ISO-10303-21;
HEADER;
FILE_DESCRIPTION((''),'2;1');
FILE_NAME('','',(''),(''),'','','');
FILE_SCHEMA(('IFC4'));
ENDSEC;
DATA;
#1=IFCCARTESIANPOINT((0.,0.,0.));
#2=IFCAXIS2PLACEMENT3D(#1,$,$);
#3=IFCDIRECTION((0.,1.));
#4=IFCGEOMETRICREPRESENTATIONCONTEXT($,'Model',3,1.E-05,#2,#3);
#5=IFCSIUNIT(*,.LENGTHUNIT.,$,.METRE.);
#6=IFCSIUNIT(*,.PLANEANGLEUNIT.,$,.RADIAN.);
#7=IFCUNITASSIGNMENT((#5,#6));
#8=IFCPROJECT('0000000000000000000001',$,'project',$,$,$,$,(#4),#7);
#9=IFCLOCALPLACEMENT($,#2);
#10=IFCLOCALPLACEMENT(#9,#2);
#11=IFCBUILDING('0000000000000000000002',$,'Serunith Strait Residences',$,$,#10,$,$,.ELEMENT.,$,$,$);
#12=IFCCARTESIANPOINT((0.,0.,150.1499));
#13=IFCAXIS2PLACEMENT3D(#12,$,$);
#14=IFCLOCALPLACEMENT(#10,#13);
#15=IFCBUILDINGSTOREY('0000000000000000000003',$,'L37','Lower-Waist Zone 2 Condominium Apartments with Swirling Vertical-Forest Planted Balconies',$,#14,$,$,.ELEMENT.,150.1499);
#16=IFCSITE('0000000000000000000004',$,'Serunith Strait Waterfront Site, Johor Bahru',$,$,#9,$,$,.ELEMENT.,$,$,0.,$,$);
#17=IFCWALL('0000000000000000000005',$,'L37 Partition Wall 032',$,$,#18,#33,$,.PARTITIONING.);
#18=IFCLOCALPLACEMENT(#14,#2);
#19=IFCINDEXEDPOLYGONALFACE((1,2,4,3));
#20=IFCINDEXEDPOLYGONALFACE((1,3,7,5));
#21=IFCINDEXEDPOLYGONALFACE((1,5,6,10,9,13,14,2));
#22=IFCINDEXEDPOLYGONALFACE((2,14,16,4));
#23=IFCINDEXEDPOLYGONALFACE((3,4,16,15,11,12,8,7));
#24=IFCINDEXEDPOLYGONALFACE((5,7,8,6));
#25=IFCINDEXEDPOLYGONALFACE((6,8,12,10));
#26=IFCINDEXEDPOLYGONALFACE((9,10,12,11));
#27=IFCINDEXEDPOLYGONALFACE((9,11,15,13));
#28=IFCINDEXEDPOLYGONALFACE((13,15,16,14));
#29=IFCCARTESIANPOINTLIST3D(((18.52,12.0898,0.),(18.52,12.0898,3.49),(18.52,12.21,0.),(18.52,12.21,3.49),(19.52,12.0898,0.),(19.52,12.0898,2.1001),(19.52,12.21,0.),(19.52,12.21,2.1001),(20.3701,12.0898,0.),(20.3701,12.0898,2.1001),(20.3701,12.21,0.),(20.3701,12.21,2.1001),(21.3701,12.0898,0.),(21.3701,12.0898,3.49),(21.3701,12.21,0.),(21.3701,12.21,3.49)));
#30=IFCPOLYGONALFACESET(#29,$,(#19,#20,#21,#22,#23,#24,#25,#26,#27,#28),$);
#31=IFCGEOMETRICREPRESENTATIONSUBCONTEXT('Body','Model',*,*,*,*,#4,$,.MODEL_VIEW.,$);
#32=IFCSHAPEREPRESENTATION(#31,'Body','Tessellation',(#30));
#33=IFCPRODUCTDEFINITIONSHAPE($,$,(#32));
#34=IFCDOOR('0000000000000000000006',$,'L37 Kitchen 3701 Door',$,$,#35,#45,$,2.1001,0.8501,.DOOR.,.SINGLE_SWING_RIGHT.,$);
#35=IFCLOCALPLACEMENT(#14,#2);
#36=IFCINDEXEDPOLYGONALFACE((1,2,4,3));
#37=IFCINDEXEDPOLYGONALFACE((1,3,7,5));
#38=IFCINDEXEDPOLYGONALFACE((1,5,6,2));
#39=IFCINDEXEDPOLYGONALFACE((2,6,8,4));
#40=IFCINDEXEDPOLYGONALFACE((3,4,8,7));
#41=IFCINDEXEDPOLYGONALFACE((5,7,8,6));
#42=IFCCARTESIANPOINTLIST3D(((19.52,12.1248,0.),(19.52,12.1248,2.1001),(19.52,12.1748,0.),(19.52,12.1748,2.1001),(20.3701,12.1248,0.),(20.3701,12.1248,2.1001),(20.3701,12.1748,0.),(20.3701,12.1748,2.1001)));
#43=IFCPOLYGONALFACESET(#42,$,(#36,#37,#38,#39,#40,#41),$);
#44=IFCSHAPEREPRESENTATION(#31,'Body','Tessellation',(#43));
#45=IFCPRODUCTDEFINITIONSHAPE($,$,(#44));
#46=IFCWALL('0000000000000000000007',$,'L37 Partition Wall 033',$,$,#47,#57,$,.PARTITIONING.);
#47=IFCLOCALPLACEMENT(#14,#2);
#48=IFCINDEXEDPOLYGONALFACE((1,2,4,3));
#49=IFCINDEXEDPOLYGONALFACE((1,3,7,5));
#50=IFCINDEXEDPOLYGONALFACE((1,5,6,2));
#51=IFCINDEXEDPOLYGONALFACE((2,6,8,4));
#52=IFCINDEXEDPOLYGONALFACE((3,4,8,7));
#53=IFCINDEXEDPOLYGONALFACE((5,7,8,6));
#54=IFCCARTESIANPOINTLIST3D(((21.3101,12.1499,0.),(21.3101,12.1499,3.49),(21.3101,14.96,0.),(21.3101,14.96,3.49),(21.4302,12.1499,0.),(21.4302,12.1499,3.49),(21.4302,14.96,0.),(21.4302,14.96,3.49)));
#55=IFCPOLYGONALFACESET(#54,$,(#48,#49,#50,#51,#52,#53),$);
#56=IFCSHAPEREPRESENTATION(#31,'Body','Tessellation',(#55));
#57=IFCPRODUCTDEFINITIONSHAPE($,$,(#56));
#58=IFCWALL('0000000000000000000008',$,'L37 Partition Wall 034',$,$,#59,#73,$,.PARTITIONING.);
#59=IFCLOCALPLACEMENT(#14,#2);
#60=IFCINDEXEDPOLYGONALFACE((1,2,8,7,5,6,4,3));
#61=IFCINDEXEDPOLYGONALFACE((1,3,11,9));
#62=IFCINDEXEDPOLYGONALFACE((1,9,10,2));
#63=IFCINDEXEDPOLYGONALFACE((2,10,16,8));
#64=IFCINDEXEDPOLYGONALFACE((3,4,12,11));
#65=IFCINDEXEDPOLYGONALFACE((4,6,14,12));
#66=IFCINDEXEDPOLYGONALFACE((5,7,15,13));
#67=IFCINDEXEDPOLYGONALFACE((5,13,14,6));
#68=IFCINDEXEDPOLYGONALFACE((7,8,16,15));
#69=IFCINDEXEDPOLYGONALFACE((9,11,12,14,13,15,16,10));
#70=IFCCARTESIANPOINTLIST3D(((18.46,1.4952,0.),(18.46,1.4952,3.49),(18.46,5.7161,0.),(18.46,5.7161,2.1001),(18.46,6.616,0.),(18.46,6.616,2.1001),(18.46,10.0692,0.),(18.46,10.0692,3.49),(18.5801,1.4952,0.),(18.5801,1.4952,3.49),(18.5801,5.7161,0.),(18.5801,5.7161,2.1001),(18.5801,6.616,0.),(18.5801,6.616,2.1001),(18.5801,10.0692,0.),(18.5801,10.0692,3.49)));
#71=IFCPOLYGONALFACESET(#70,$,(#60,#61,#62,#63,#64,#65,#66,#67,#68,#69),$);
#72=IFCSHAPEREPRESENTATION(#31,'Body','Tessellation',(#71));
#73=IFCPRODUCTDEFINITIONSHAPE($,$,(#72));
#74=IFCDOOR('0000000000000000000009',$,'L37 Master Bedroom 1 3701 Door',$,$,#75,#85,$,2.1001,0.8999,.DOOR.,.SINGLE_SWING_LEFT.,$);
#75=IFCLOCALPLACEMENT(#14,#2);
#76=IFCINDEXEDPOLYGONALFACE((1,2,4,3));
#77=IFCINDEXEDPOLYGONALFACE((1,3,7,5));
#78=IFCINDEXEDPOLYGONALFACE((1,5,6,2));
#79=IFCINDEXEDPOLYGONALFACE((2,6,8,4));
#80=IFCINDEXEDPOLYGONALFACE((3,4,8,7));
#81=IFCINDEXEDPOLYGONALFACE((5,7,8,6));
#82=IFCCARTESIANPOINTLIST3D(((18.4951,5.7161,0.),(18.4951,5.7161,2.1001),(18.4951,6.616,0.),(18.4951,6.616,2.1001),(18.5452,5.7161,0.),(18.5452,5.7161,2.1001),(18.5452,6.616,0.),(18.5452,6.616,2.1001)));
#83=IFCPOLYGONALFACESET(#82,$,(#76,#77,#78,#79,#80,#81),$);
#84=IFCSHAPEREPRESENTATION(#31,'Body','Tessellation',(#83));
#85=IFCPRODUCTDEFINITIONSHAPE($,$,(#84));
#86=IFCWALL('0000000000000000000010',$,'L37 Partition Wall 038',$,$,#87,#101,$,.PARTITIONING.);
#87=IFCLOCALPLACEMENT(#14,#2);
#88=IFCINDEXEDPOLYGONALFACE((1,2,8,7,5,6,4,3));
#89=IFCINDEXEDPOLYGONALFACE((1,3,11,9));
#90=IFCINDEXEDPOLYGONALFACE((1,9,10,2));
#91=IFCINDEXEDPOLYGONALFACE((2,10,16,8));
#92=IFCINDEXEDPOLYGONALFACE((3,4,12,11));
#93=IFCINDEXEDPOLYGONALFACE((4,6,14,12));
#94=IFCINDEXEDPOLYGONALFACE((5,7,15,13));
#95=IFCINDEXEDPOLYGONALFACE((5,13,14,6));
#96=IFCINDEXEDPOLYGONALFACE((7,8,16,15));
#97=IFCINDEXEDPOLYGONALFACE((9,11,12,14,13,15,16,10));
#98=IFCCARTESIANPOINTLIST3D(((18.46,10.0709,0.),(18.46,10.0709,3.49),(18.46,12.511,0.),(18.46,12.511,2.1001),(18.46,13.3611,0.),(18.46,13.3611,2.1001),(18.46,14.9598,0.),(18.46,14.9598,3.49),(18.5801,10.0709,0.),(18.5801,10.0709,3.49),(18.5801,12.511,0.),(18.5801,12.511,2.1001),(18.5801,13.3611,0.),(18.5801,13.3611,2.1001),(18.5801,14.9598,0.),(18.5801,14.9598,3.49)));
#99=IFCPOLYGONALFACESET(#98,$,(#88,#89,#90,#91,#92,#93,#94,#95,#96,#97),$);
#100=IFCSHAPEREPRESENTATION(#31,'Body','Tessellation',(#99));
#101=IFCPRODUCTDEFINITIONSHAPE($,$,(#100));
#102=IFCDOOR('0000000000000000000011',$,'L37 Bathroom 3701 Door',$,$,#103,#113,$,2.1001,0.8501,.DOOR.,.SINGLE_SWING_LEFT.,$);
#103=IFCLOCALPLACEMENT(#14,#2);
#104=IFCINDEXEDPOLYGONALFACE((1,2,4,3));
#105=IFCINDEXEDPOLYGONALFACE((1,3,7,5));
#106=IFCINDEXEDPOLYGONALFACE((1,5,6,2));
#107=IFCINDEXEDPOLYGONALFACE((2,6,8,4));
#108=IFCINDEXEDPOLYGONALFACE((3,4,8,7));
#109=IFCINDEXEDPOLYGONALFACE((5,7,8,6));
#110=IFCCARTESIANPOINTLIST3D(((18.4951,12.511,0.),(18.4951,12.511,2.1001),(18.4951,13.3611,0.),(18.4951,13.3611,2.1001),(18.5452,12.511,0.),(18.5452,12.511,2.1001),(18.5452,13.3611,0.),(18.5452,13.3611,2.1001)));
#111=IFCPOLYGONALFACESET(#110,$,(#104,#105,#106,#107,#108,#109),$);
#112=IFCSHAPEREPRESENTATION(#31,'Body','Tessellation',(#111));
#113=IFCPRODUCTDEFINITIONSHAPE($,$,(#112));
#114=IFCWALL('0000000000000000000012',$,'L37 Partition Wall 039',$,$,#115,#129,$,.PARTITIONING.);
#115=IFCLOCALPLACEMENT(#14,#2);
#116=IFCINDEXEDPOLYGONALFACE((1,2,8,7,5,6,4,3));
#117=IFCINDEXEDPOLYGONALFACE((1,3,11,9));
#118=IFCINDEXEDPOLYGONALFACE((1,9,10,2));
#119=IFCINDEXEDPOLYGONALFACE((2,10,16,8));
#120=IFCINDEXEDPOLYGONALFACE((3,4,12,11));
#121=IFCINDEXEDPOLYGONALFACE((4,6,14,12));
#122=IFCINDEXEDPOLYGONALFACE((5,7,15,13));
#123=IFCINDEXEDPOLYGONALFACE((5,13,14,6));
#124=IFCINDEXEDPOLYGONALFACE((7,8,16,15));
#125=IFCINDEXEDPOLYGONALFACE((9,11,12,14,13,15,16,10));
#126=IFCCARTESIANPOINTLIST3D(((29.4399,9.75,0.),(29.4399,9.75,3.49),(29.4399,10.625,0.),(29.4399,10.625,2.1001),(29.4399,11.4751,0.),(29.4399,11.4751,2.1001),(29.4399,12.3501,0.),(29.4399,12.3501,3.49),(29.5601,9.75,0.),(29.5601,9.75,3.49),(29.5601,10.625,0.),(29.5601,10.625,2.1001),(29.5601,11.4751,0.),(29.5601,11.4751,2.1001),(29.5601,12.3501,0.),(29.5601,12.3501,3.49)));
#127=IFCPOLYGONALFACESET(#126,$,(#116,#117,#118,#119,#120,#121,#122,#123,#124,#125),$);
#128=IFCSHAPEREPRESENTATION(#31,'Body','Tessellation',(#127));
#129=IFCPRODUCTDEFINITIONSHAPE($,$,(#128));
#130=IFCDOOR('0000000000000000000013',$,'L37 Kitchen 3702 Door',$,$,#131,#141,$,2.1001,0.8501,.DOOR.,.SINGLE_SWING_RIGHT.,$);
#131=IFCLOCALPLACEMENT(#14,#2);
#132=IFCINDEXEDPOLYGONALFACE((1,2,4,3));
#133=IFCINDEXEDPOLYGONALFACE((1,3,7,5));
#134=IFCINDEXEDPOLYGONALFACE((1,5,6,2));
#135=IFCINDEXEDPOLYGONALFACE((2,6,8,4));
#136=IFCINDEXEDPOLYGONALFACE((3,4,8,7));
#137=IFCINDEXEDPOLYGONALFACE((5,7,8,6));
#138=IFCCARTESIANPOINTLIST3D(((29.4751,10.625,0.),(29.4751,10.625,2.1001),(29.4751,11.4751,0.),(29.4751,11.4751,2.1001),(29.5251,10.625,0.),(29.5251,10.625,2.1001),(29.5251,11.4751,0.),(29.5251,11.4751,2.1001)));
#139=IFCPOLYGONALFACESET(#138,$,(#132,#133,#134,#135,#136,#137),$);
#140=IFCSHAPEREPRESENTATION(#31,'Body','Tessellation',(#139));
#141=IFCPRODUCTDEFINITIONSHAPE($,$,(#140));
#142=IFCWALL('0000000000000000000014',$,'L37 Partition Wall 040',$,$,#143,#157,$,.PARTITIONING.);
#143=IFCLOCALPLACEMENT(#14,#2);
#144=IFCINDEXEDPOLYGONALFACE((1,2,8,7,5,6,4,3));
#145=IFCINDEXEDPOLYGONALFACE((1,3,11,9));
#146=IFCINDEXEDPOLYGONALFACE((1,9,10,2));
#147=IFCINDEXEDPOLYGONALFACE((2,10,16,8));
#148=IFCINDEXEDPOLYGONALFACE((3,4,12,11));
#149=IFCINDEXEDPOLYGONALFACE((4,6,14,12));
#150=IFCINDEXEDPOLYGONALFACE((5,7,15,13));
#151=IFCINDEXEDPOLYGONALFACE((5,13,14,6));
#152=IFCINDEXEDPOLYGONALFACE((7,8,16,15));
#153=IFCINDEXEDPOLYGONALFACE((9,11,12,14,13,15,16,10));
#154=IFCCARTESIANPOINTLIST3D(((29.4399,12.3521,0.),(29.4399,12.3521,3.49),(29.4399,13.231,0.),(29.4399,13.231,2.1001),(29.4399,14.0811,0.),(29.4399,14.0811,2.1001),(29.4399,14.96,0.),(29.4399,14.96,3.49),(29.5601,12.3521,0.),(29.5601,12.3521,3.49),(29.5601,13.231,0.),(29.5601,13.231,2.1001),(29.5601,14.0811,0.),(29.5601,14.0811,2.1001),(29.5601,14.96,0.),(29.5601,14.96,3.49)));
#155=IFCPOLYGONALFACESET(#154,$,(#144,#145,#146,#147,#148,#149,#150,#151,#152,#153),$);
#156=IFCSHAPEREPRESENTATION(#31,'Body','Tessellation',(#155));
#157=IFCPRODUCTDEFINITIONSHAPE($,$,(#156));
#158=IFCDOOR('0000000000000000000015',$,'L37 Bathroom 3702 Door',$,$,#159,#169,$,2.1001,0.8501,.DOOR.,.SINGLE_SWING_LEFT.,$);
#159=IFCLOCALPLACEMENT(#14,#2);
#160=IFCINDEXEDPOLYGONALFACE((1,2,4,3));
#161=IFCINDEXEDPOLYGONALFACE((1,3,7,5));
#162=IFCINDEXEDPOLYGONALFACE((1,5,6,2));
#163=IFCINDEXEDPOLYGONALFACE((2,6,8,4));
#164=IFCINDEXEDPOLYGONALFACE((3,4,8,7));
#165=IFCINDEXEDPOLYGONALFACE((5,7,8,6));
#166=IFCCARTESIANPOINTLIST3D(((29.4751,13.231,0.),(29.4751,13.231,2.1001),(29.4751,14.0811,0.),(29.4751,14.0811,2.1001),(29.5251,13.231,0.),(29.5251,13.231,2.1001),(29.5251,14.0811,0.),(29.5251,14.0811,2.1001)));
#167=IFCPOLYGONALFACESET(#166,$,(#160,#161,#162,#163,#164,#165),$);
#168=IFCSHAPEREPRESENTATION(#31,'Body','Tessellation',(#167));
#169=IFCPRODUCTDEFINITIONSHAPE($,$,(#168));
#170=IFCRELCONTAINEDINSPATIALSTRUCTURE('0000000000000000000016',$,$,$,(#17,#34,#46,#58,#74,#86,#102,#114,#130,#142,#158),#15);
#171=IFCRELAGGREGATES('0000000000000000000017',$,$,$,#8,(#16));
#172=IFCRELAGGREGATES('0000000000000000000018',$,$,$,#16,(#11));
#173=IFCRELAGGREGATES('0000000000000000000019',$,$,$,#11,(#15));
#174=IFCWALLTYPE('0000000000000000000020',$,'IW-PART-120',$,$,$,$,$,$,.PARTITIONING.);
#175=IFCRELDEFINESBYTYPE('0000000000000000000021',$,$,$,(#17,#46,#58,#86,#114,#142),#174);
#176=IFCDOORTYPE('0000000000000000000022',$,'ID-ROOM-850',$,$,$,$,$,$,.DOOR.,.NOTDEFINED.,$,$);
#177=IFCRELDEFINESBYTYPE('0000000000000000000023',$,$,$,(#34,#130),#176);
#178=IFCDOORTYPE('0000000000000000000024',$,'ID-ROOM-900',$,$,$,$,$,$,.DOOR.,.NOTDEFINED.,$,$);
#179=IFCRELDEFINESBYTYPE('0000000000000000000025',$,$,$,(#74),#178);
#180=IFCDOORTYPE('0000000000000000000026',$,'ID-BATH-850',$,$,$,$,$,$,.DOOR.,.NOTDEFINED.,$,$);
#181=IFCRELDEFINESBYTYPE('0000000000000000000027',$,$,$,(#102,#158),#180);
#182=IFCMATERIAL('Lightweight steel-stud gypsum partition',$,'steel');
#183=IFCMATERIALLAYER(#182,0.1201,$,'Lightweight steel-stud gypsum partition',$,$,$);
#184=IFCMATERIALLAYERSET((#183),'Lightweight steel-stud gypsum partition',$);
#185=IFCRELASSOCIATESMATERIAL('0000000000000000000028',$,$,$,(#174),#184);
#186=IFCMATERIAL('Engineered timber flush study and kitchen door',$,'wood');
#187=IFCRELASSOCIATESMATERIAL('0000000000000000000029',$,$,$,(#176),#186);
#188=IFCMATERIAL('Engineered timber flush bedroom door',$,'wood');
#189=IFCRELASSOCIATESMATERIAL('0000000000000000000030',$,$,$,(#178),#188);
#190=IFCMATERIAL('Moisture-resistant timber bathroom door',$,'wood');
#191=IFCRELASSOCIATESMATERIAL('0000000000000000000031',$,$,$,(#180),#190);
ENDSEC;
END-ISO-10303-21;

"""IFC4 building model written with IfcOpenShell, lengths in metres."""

from ifc_helpers import new_model, si_unit, direction, frame, frame_2d, origin, place, context, subcontext, project, spatial, rectangle, extrude, source, transform, mapped, material, layer, layer_set, type_object, element, fill, save


model = new_model("IFC4")

# Units and contexts
model_context = context("Model", 3, precision=1e-05, world=origin(), true_north=direction((0.0, 1.0)))
body_context = subcontext(model_context, "Body", "Model", "MODEL_VIEW")
ifc_project = project(units=[si_unit("LENGTHUNIT", "METRE"), si_unit("PLANEANGLEUNIT", "RADIAN")], contexts=[model_context])

# Site, building, storey
site_placement = place(None, origin())
site = spatial("IfcSite", under=ifc_project, at=site_placement, Name="Serunith Strait Waterfront Site, Johor Bahru", CompositionType="ELEMENT", RefElevation=0.0)
building_placement = place(site_placement, origin())
building = spatial("IfcBuilding", under=site, at=building_placement, Name="Serunith Strait Residences", CompositionType="ELEMENT")
storey_placement = place(building_placement, frame((0.0, 0.0, 150.1499)))
storey = spatial("IfcBuildingStorey", under=building, at=storey_placement, Name="L37", Description="Lower-Waist Zone 2 Condominium Apartments with Swirling Vertical-Forest Planted Balconies", CompositionType="ELEMENT", Elevation=150.1499)

# Wall, opening, door
ifc_material_1 = material(Name="Lightweight steel-stud gypsum partition", Category="steel")
ifc_layer_1 = layer(ifc_material_1, 0.1201, Name="Lightweight steel-stud gypsum partition")
ifc_layer_set_1 = layer_set([ifc_layer_1], Name="Lightweight steel-stud gypsum partition")
wall_type_1 = type_object("IfcWallType", Name="IW-PART-120", PredefinedType="PARTITIONING", material=ifc_layer_set_1)
wall_1_placement = place(storey_placement, frame((18.52, 12.1499, 0.0), z_axis=(0.0, 0.0, 1.0), x_axis=(1.0, 0.0, 0.0)))
wall_1 = element("IfcWall", 1, at=wall_1_placement, inside=storey, type_object=wall_type_1, Name="L37 Partition Wall 032", PredefinedType="PARTITIONING", context=body_context, shape_type="SweptSolid", body=[
    extrude(rectangle(XDim=2.8501, YDim=0.1201, at=frame_2d((1.425, 0.0))), origin(), (0.0, 0.0, 1.0), 3.49),
])
opening_1_placement = place(wall_1_placement, frame((1.0, 0.0, 0.0)))
opening_1 = element("IfcOpeningElement", 2, at=opening_1_placement, cuts=wall_1, PredefinedType="OPENING", context=body_context, shape_type="SweptSolid", body=[
    extrude(rectangle(XDim=0.8501, YDim=2.1001, at=frame_2d((0.425, 1.05))), frame((0.0, 0.0701, 0.0), z_axis=(0.0, -1.0, 0.0), x_axis=(1.0, 0.0, 0.0)), (0.0, 0.0, 1.0), 0.1401),
])
ifc_material_2 = material(Name="Engineered timber flush study and kitchen door", Category="wood")
door_type_1 = type_object("IfcDoorType", Name="ID-ROOM-850", OperationType="NOTDEFINED", PredefinedType="DOOR", material=ifc_material_2)
shared_shape_1 = source(origin(), body_context, "Body", "SweptSolid", [
    extrude(rectangle(XDim=0.8501, YDim=2.1001, at=frame_2d((0.425, 1.05))), frame((0.0, 0.0249, 0.0), z_axis=(0.0, -1.0, 0.0), x_axis=(1.0, 0.0, 0.0)), (0.0, 0.0, 1.0), 0.05),
])
door_1_placement = place(opening_1_placement, origin())
door_1 = element("IfcDoor", 3, at=door_1_placement, inside=storey, type_object=door_type_1, Name="L37 Kitchen 3701 Door", OperationType="SINGLE_SWING_RIGHT", OverallHeight=2.1001, OverallWidth=0.8501, PredefinedType="DOOR", context=body_context, shape_type="MappedRepresentation", body=[
    mapped(shared_shape_1, transform((0.0, 0.0, 0.0), scale=1.0)),
])
fill(opening_1, door_1)

# Wall
wall_2_placement = place(storey_placement, frame((21.3701, 12.1499, 0.0), z_axis=(0.0, 0.0, 1.0), x_axis=(0.0, 1.0, 0.0)))
element("IfcWall", 4, at=wall_2_placement, inside=storey, type_object=wall_type_1, Name="L37 Partition Wall 033", PredefinedType="PARTITIONING", context=body_context, shape_type="SweptSolid", body=[
    extrude(rectangle(XDim=2.8101, YDim=0.1201, at=frame_2d((1.405, 0.0))), origin(), (0.0, 0.0, 1.0), 3.49),
])

# Walls, openings, doors
wall_3_placement = place(storey_placement, frame((18.52, 1.4951, 0.0), z_axis=(0.0, 0.0, 1.0), x_axis=(0.0, 1.0, 0.0)))
wall_3 = element("IfcWall", 5, at=wall_3_placement, inside=storey, type_object=wall_type_1, Name="L37 Partition Wall 034", PredefinedType="PARTITIONING", context=body_context, shape_type="SweptSolid", body=[
    extrude(rectangle(XDim=8.574, YDim=0.1201, at=frame_2d((4.2871, 0.0))), origin(), (0.0, 0.0, 1.0), 3.49),
])
opening_2_placement = place(wall_3_placement, frame((4.2209, 0.0, 0.0)))
opening_2 = element("IfcOpeningElement", 6, at=opening_2_placement, cuts=wall_3, PredefinedType="OPENING", context=body_context, shape_type="SweptSolid", body=[
    extrude(rectangle(XDim=0.8999, YDim=2.1001, at=frame_2d((0.45, 1.05))), frame((0.0, 0.0701, 0.0), z_axis=(0.0, -1.0, 0.0), x_axis=(1.0, 0.0, 0.0)), (0.0, 0.0, 1.0), 0.1401),
])
ifc_material_3 = material(Name="Engineered timber flush bedroom door", Category="wood")
door_type_2 = type_object("IfcDoorType", Name="ID-ROOM-900", OperationType="NOTDEFINED", PredefinedType="DOOR", material=ifc_material_3)
shared_shape_2 = source(origin(), body_context, "Body", "SweptSolid", [
    extrude(rectangle(XDim=0.8999, YDim=2.1001, at=frame_2d((0.45, 1.05))), frame((0.0, 0.0249, 0.0), z_axis=(0.0, -1.0, 0.0), x_axis=(1.0, 0.0, 0.0)), (0.0, 0.0, 1.0), 0.05),
])
door_2_placement = place(opening_2_placement, origin())
door_2 = element("IfcDoor", 7, at=door_2_placement, inside=storey, type_object=door_type_2, Name="L37 Master Bedroom 1 3701 Door", OperationType="SINGLE_SWING_LEFT", OverallHeight=2.1001, OverallWidth=0.8999, PredefinedType="DOOR", context=body_context, shape_type="MappedRepresentation", body=[
    mapped(shared_shape_2, transform((0.0, 0.0, 0.0), scale=1.0)),
])
fill(opening_2, door_2)
wall_4_placement = place(storey_placement, frame((18.52, 10.071, 0.0), z_axis=(0.0, 0.0, 1.0), x_axis=(0.0, 1.0, 0.0)))
wall_4 = element("IfcWall", 8, at=wall_4_placement, inside=storey, type_object=wall_type_1, Name="L37 Partition Wall 038", PredefinedType="PARTITIONING", context=body_context, shape_type="SweptSolid", body=[
    extrude(rectangle(XDim=4.8889, YDim=0.1201, at=frame_2d((2.4443, 0.0))), origin(), (0.0, 0.0, 1.0), 3.49),
])
opening_3_placement = place(wall_4_placement, frame((2.4399, 0.0, 0.0)))
opening_3 = element("IfcOpeningElement", 9, at=opening_3_placement, cuts=wall_4, PredefinedType="OPENING", context=body_context, shape_type="SweptSolid", body=[
    extrude(rectangle(XDim=0.8501, YDim=2.1001, at=frame_2d((0.425, 1.05))), frame((0.0, 0.0701, 0.0), z_axis=(0.0, -1.0, 0.0), x_axis=(1.0, 0.0, 0.0)), (0.0, 0.0, 1.0), 0.1401),
])
ifc_material_4 = material(Name="Moisture-resistant timber bathroom door", Category="wood")
door_type_3 = type_object("IfcDoorType", Name="ID-BATH-850", OperationType="NOTDEFINED", PredefinedType="DOOR", material=ifc_material_4)
door_3_placement = place(opening_3_placement, origin())
door_3 = element("IfcDoor", 10, at=door_3_placement, inside=storey, type_object=door_type_3, Name="L37 Bathroom 3701 Door", OperationType="SINGLE_SWING_LEFT", OverallHeight=2.1001, OverallWidth=0.8501, PredefinedType="DOOR", context=body_context, shape_type="MappedRepresentation", body=[
    mapped(shared_shape_1, transform((0.0, 0.0, 0.0), scale=1.0)),
])
fill(opening_3, door_3)
wall_5_placement = place(storey_placement, frame((29.5, 9.75, 0.0), z_axis=(0.0, 0.0, 1.0), x_axis=(0.0, 1.0, 0.0)))
wall_5 = element("IfcWall", 11, at=wall_5_placement, inside=storey, type_object=wall_type_1, Name="L37 Partition Wall 039", PredefinedType="PARTITIONING", context=body_context, shape_type="SweptSolid", body=[
    extrude(rectangle(XDim=2.6001, YDim=0.1201, at=frame_2d((1.3, 0.0))), origin(), (0.0, 0.0, 1.0), 3.49),
])
opening_4_placement = place(wall_5_placement, frame((0.875, 0.0, 0.0)))
opening_4 = element("IfcOpeningElement", 12, at=opening_4_placement, cuts=wall_5, PredefinedType="OPENING", context=body_context, shape_type="SweptSolid", body=[
    extrude(rectangle(XDim=0.8501, YDim=2.1001, at=frame_2d((0.425, 1.05))), frame((0.0, 0.0701, 0.0), z_axis=(0.0, -1.0, 0.0), x_axis=(1.0, 0.0, 0.0)), (0.0, 0.0, 1.0), 0.1401),
])
door_4_placement = place(opening_4_placement, origin())
door_4 = element("IfcDoor", 13, at=door_4_placement, inside=storey, type_object=door_type_1, Name="L37 Kitchen 3702 Door", OperationType="SINGLE_SWING_RIGHT", OverallHeight=2.1001, OverallWidth=0.8501, PredefinedType="DOOR", context=body_context, shape_type="MappedRepresentation", body=[
    mapped(shared_shape_1, transform((0.0, 0.0, 0.0), scale=1.0)),
])
fill(opening_4, door_4)
wall_6_placement = place(storey_placement, frame((29.5, 12.3521, 0.0), z_axis=(0.0, 0.0, 1.0), x_axis=(0.0, 1.0, 0.0)))
wall_6 = element("IfcWall", 14, at=wall_6_placement, inside=storey, type_object=wall_type_1, Name="L37 Partition Wall 040", PredefinedType="PARTITIONING", context=body_context, shape_type="SweptSolid", body=[
    extrude(rectangle(XDim=2.6079, YDim=0.1201, at=frame_2d((1.304, 0.0))), origin(), (0.0, 0.0, 1.0), 3.49),
])
opening_5_placement = place(wall_6_placement, frame((0.8789, 0.0, 0.0)))
opening_5 = element("IfcOpeningElement", 15, at=opening_5_placement, cuts=wall_6, PredefinedType="OPENING", context=body_context, shape_type="SweptSolid", body=[
    extrude(rectangle(XDim=0.8501, YDim=2.1001, at=frame_2d((0.425, 1.05))), frame((0.0, 0.0701, 0.0), z_axis=(0.0, -1.0, 0.0), x_axis=(1.0, 0.0, 0.0)), (0.0, 0.0, 1.0), 0.1401),
])
door_5_placement = place(opening_5_placement, origin())
door_5 = element("IfcDoor", 16, at=door_5_placement, inside=storey, type_object=door_type_3, Name="L37 Bathroom 3702 Door", OperationType="SINGLE_SWING_LEFT", OverallHeight=2.1001, OverallWidth=0.8501, PredefinedType="DOOR", context=body_context, shape_type="MappedRepresentation", body=[
    mapped(shared_shape_1, transform((0.0, 0.0, 0.0), scale=1.0)),
])
fill(opening_5, door_5)

save(model, "model.ifc")
